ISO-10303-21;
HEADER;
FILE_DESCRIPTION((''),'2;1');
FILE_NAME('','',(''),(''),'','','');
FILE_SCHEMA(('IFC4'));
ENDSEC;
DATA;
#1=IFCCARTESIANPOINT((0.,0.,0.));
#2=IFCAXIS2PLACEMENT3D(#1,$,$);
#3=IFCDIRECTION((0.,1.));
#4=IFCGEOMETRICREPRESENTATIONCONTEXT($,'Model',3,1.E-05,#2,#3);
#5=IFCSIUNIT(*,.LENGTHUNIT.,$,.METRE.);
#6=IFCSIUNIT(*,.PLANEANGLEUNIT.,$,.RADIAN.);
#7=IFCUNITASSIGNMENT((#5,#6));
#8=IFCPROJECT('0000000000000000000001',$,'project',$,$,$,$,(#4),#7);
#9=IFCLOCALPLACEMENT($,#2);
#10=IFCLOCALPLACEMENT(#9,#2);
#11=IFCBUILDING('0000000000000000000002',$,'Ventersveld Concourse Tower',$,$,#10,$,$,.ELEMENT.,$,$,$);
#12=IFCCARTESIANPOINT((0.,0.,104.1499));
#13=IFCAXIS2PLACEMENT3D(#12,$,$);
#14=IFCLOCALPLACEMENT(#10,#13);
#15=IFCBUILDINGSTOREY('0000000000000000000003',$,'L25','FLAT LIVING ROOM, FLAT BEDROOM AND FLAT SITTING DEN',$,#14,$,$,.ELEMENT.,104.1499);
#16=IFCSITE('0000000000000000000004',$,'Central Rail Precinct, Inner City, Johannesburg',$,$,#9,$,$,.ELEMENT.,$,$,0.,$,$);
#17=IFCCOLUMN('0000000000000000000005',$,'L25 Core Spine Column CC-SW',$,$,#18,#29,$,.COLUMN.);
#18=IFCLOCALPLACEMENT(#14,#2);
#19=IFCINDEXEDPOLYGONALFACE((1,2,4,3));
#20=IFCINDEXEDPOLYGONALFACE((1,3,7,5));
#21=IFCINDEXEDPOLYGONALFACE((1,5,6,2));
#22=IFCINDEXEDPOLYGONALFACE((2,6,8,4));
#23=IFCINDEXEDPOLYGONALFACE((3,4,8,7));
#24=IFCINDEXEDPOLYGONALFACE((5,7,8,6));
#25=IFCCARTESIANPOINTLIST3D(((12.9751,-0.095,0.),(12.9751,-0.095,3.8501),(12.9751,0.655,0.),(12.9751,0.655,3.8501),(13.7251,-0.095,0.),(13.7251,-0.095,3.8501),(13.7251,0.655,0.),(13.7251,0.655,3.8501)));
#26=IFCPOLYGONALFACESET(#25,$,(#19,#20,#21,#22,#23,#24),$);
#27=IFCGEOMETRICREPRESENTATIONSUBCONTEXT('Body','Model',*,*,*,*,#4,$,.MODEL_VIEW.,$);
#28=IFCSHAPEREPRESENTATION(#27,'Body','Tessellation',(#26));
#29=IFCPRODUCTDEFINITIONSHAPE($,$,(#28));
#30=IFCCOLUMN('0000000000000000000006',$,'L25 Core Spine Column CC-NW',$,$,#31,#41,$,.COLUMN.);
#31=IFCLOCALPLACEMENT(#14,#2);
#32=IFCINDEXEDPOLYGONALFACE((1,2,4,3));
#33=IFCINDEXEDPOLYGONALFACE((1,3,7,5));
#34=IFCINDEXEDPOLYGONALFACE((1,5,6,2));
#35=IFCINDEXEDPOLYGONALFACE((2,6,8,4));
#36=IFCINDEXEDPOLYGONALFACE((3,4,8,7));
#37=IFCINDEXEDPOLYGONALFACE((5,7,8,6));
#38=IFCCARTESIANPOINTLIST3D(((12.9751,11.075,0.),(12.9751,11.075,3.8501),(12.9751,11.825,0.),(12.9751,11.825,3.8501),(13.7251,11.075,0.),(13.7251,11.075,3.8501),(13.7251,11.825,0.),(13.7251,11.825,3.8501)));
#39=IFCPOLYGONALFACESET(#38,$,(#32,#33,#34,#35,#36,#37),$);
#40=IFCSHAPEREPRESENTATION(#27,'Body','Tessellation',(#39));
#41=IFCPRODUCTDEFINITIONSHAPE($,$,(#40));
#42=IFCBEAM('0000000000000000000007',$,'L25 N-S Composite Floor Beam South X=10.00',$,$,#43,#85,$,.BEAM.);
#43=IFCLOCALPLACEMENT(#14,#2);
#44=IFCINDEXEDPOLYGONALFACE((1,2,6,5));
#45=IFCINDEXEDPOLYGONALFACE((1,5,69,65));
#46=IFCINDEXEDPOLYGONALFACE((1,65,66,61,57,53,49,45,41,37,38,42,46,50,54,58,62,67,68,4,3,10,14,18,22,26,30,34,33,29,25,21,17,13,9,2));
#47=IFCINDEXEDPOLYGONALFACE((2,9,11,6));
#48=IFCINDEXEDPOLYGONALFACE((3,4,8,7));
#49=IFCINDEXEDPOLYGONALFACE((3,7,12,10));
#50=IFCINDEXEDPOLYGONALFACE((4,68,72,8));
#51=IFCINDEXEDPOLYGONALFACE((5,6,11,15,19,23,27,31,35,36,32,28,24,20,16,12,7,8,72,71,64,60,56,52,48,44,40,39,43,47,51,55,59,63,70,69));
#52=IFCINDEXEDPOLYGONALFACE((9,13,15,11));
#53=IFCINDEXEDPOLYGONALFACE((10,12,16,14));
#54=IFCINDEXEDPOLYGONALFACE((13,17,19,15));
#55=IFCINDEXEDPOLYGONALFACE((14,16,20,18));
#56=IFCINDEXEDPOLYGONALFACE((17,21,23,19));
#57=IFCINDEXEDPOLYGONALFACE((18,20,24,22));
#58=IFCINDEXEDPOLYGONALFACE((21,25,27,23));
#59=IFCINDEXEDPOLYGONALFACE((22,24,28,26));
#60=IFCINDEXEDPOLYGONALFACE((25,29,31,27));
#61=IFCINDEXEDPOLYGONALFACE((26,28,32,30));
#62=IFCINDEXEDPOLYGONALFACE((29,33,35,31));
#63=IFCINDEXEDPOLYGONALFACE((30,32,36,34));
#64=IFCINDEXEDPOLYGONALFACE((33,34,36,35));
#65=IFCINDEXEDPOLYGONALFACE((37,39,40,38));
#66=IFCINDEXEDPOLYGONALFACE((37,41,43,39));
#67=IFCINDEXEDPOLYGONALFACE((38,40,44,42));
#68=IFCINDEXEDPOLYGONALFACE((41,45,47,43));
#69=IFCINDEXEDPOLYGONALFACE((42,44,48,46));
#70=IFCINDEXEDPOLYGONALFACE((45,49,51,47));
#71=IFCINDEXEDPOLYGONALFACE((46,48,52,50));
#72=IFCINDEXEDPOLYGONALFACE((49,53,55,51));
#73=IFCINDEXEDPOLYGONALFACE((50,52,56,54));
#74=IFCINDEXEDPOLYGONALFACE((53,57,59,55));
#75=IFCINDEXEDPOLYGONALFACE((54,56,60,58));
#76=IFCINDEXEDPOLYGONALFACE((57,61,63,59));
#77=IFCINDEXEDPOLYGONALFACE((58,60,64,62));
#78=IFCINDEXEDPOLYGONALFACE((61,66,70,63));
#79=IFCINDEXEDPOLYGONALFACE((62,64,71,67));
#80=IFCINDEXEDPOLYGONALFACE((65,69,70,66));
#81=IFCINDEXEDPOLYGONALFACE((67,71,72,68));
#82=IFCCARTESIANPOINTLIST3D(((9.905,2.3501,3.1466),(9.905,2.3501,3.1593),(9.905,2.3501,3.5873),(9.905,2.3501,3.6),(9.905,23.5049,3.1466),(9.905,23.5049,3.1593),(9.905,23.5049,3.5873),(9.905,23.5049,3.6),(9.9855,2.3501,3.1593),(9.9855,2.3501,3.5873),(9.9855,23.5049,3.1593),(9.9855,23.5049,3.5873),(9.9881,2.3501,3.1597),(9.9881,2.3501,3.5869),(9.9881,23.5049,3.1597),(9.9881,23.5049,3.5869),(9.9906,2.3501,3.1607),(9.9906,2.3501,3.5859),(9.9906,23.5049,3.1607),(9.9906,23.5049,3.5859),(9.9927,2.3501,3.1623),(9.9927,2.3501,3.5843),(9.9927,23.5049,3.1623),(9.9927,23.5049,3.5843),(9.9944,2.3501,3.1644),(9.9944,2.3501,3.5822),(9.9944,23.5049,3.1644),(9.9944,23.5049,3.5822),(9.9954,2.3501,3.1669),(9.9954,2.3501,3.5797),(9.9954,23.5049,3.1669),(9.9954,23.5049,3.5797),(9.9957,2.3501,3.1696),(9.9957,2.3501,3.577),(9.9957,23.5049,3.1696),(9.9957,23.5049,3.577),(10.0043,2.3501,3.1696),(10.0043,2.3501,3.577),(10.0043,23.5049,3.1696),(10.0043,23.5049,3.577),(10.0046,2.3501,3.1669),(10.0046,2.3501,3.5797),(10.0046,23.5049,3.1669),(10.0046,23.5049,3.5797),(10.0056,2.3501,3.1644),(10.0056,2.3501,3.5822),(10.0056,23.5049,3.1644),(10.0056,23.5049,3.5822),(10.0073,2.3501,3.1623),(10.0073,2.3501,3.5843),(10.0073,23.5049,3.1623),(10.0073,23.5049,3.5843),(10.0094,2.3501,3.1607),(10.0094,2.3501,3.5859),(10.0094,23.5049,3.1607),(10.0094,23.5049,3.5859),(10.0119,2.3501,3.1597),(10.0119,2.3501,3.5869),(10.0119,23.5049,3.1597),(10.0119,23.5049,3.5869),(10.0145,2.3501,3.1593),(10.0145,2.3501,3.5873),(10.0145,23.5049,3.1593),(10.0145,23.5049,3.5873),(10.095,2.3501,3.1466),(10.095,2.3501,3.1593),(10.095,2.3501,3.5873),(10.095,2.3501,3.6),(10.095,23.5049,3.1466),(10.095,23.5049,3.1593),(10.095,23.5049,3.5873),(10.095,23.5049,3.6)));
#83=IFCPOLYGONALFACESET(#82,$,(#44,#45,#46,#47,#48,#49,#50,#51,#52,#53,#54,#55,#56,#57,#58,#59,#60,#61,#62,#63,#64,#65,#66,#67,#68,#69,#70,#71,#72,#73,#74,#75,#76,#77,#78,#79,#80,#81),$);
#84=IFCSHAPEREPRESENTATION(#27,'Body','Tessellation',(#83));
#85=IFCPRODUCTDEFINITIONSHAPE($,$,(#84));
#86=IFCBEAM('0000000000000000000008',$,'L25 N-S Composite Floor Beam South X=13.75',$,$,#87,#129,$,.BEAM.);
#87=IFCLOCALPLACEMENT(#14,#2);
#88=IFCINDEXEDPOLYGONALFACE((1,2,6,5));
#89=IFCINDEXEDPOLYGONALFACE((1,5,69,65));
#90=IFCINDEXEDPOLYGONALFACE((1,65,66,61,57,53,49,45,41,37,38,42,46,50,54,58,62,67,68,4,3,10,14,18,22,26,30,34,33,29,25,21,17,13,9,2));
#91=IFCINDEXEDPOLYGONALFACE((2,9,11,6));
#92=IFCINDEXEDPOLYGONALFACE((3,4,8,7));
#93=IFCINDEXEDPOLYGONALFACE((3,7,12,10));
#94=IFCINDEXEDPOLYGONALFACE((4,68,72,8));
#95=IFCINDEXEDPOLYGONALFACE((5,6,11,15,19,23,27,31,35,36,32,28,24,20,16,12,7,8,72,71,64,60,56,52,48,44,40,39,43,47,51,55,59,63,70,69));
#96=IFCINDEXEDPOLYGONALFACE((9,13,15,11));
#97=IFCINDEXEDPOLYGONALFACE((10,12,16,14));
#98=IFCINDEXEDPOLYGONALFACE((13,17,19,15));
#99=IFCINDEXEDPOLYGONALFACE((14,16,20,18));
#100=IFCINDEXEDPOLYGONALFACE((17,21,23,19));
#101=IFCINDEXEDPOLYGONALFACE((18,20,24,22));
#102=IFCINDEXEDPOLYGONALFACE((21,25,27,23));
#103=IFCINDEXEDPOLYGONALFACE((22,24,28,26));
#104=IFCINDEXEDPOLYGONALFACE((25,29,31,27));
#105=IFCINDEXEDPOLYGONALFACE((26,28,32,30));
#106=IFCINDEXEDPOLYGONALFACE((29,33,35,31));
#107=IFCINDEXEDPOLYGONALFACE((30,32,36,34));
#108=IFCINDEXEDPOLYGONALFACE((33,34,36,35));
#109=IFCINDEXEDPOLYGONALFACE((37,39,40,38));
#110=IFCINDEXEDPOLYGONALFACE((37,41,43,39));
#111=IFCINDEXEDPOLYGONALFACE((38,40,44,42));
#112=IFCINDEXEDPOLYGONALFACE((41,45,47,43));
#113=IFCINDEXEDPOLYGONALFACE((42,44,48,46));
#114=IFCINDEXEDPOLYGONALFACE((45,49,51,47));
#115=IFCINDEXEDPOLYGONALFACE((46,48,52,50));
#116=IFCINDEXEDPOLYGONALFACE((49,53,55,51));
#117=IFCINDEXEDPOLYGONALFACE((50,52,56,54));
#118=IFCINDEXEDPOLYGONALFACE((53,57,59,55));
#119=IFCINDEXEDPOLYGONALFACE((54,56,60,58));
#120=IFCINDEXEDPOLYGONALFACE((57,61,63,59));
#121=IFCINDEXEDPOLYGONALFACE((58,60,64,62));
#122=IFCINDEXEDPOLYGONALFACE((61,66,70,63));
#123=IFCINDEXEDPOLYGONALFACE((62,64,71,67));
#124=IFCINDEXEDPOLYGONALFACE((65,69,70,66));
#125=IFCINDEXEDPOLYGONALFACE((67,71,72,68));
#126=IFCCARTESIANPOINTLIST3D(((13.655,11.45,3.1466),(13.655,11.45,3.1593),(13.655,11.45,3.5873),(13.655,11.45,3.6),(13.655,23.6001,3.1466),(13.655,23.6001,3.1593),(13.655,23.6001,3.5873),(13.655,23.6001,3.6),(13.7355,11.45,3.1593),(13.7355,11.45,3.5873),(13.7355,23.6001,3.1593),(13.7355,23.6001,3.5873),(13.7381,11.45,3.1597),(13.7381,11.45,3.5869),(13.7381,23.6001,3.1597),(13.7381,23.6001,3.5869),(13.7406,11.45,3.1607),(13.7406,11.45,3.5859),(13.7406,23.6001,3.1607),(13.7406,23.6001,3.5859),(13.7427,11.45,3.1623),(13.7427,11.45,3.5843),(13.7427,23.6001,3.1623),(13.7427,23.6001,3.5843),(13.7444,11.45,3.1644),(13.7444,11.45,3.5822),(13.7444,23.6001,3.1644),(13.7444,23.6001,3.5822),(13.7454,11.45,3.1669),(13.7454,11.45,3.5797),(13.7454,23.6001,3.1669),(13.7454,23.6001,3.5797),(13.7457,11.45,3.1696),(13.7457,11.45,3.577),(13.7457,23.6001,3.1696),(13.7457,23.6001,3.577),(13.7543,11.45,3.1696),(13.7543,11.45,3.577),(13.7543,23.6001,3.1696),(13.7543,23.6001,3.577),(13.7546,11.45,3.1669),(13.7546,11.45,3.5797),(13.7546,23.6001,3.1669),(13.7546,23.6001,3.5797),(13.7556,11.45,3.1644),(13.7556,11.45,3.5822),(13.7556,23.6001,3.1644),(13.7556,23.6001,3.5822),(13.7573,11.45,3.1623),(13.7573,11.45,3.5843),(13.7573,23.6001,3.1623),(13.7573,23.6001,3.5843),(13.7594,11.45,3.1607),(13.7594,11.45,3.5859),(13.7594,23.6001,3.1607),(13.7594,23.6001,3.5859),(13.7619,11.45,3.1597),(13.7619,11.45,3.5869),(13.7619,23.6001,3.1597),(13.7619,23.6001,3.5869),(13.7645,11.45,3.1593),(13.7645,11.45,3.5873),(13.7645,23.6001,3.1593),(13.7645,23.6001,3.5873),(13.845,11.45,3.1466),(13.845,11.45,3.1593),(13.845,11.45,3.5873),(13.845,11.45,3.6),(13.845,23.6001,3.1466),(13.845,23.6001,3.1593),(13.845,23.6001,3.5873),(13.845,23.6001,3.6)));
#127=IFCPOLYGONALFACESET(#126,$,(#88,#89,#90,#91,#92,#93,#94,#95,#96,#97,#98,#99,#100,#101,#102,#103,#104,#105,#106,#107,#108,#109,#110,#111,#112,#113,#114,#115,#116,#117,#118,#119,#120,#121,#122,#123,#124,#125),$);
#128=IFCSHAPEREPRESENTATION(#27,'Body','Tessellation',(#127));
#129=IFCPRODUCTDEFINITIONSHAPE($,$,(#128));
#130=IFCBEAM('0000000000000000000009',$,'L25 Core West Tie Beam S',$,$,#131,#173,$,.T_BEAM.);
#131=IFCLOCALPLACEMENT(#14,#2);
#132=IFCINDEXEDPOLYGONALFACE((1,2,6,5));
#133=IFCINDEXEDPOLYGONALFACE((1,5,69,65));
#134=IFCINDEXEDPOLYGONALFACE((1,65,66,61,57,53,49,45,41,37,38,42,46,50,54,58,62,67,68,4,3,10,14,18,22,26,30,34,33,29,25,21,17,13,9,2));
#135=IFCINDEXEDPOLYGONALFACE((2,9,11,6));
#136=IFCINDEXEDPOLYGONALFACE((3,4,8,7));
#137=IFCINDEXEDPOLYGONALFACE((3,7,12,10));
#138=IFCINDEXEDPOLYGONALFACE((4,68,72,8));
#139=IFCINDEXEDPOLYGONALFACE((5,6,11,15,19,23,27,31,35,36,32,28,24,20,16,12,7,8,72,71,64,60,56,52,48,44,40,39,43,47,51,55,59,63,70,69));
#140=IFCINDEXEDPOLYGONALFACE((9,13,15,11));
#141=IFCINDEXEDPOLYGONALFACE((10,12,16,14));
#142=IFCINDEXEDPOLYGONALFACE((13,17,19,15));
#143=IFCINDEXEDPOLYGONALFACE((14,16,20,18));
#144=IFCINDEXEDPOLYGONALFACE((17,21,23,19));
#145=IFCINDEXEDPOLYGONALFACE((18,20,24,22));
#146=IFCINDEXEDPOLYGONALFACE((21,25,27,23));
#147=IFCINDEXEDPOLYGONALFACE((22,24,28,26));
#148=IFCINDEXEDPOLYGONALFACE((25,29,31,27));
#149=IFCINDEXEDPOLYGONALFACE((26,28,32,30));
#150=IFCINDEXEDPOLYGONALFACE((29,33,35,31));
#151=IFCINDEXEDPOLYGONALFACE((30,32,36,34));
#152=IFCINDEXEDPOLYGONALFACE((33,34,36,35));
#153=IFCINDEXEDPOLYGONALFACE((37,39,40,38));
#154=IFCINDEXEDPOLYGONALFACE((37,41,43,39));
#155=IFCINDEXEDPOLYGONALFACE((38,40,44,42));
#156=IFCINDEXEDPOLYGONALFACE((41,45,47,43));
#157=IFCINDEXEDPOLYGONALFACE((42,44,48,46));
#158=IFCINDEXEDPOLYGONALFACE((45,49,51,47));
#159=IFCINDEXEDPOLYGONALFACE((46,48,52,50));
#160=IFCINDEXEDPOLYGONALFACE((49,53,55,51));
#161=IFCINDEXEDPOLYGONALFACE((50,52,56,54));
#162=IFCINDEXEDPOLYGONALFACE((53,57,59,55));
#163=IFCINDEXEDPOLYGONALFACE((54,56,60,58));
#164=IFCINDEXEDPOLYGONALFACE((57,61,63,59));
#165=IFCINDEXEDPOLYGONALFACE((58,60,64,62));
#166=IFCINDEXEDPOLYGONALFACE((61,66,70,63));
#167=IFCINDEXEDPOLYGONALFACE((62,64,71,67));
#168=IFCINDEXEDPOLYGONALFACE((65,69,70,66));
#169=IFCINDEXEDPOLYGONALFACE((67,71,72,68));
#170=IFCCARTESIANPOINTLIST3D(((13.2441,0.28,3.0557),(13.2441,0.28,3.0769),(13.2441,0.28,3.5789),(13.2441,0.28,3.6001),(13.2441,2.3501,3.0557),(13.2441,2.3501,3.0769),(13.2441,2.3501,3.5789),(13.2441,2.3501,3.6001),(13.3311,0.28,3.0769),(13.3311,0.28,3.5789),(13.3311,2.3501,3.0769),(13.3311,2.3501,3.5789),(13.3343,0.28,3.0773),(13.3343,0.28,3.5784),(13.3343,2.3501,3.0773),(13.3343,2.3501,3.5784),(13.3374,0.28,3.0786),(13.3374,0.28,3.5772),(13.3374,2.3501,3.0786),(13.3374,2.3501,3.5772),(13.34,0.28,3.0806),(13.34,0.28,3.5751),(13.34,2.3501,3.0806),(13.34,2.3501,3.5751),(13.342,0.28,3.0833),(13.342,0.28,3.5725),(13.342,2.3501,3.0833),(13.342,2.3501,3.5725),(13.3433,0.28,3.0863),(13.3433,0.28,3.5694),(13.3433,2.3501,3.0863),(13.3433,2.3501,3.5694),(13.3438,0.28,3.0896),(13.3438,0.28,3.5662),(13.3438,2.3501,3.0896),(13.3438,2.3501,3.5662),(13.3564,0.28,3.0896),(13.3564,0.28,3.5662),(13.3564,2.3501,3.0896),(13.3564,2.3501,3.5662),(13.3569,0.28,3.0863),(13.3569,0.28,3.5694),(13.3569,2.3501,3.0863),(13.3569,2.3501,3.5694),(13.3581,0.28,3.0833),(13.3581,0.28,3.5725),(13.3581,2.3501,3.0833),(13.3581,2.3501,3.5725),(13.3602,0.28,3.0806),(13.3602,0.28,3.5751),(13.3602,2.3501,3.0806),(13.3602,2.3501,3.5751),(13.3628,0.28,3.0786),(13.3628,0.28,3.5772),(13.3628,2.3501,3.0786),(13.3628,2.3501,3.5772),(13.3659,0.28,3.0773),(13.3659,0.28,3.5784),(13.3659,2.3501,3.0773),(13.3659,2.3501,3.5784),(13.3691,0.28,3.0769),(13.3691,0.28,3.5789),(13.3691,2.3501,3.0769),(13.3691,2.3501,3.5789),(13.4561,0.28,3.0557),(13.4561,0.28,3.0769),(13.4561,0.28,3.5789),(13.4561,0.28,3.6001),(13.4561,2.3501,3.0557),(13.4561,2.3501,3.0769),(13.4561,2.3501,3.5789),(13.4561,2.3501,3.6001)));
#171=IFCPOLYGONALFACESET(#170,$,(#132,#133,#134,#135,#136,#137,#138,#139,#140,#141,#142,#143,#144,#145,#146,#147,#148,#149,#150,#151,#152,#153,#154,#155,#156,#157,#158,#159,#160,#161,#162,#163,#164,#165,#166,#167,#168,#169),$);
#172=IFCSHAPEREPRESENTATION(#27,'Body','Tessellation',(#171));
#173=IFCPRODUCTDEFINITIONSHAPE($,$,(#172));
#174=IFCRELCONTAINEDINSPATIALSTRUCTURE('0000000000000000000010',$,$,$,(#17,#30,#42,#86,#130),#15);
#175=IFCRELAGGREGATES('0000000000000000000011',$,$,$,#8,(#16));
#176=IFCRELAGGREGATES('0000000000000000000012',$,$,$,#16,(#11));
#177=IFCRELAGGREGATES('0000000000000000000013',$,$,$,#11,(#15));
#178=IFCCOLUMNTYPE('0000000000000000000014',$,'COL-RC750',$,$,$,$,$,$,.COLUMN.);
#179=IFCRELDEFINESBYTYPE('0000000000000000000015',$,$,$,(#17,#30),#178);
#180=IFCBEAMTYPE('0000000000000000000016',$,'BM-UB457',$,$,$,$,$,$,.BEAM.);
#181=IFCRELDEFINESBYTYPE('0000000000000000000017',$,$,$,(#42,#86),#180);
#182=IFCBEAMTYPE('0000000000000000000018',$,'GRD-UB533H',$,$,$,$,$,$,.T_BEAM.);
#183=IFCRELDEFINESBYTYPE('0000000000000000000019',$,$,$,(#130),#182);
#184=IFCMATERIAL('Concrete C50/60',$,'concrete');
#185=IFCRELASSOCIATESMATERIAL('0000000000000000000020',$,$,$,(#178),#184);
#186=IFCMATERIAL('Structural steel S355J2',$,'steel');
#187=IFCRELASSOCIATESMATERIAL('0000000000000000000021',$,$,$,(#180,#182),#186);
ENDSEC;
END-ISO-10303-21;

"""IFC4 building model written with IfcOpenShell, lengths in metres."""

from ifc_helpers import new_model, si_unit, direction, frame, origin, origin_2d, place, context, subcontext, project, spatial, rectangle, i_section, extrude, material, material_profile, profile_set, type_object, element, save


model = new_model("IFC4")

# Units and contexts
model_context = context("Model", 3, precision=1e-05, world=origin(), true_north=direction((0.0, 1.0)))
body_context = subcontext(model_context, "Body", "Model", "MODEL_VIEW")
ifc_project = project(units=[si_unit("LENGTHUNIT", "METRE"), si_unit("PLANEANGLEUNIT", "RADIAN")], contexts=[model_context])

# Site, building, storey
site_placement = place(None, origin())
site = spatial("IfcSite", under=ifc_project, at=site_placement, Name="Central Rail Precinct, Inner City, Johannesburg", CompositionType="ELEMENT", RefElevation=0.0)
building_placement = place(site_placement, origin())
building = spatial("IfcBuilding", under=site, at=building_placement, Name="Ventersveld Concourse Tower", CompositionType="ELEMENT")
storey_placement = place(building_placement, frame((0.0, 0.0, 104.1499)))
storey = spatial("IfcBuildingStorey", under=building, at=storey_placement, Name="L25", Description="FLAT LIVING ROOM, FLAT BEDROOM AND FLAT SITTING DEN", CompositionType="ELEMENT", Elevation=104.1499)

# Columns
ifc_material_1 = material(Name="Concrete C50/60", Category="concrete")
ifc_material_profile_1 = material_profile(ifc_material_1, rectangle(XDim=0.75, YDim=0.75, at=origin_2d()), Name="RC 750x750")
ifc_profile_set_1 = profile_set([ifc_material_profile_1], Name="Concrete C50/60")
column_type = type_object("IfcColumnType", Name="COL-RC750", PredefinedType="COLUMN", material=ifc_profile_set_1)
for number, where, z_axis, x_axis, name in (
    (1, (13.3501, 0.28, 0.0), (0.0, 0.0, 1.0), (1.0, 0.0, 0.0), "L25 Core Spine Column CC-SW"),
    (2, (13.3501, 11.45, 0.0), (0.0, 0.0, 1.0), (1.0, 0.0, 0.0), "L25 Core Spine Column CC-NW"),
):
    element("IfcColumn", number, at=place(storey_placement, frame(where, z_axis=z_axis, x_axis=x_axis)), inside=storey, type_object=column_type, Name=name, PredefinedType="COLUMN", context=body_context, shape_type="SweptSolid", body=[
        extrude(rectangle(XDim=0.75, YDim=0.75, at=origin_2d()), origin(), (0.0, 0.0, 1.0), 3.8501),
    ])

# Beams
ifc_material_2 = material(Name="Structural steel S355J2", Category="steel")
ifc_material_profile_2 = material_profile(ifc_material_2, i_section(OverallWidth=0.1899, OverallDepth=0.4534, WebThickness=0.0085, FlangeThickness=0.0127, FilletRadius=0.0103, at=origin_2d()), Name="UB 457x191x67")
ifc_profile_set_2 = profile_set([ifc_material_profile_2], Name="Structural steel S355J2")
beam_type_1 = type_object("IfcBeamType", Name="BM-UB457", PredefinedType="BEAM", material=ifc_profile_set_2)
beam_1_placement = place(storey_placement, frame((10.0, 2.3501, 3.3733), z_axis=(0.0, 1.0, 0.0), x_axis=(-1.0, 0.0, 0.0)))
element("IfcBeam", 3, at=beam_1_placement, inside=storey, type_object=beam_type_1, Name="L25 N-S Composite Floor Beam South X=10.00", PredefinedType="BEAM", context=body_context, shape_type="SweptSolid", body=[
    extrude(i_section(OverallWidth=0.1899, OverallDepth=0.4534, WebThickness=0.0085, FlangeThickness=0.0127, FilletRadius=0.0103, at=origin_2d()), origin(), (0.0, 0.0, 1.0), 21.1548),
])
beam_2_placement = place(storey_placement, frame((13.75, 11.45, 3.3733), z_axis=(0.0, 1.0, 0.0), x_axis=(-1.0, 0.0, 0.0)))
element("IfcBeam", 4, at=beam_2_placement, inside=storey, type_object=beam_type_1, Name="L25 N-S Composite Floor Beam South X=13.75", PredefinedType="BEAM", context=body_context, shape_type="SweptSolid", body=[
    extrude(i_section(OverallWidth=0.1899, OverallDepth=0.4534, WebThickness=0.0085, FlangeThickness=0.0127, FilletRadius=0.0103, at=origin_2d()), origin(), (0.0, 0.0, 1.0), 12.1501),
])
ifc_material_profile_3 = material_profile(ifc_material_2, i_section(OverallWidth=0.2119, OverallDepth=0.5444, WebThickness=0.0127, FlangeThickness=0.0212, FilletRadius=0.0127, at=origin_2d()), Name="UB 533x210x122")
ifc_profile_set_3 = profile_set([ifc_material_profile_3], Name="Structural steel S355J2")
beam_type_2 = type_object("IfcBeamType", Name="GRD-UB533H", PredefinedType="T_BEAM", material=ifc_profile_set_3)
beam_3_placement = place(storey_placement, frame((13.3501, 0.28, 3.3279), z_axis=(0.0, 1.0, 0.0), x_axis=(-1.0, 0.0, 0.0)))
element("IfcBeam", 5, at=beam_3_placement, inside=storey, type_object=beam_type_2, Name="L25 Core West Tie Beam S", PredefinedType="T_BEAM", context=body_context, shape_type="SweptSolid", body=[
    extrude(i_section(OverallWidth=0.2119, OverallDepth=0.5444, WebThickness=0.0127, FlangeThickness=0.0212, FilletRadius=0.0127, at=origin_2d()), origin(), (0.0, 0.0, 1.0), 2.0701),
])

save(model, "model.ifc")
